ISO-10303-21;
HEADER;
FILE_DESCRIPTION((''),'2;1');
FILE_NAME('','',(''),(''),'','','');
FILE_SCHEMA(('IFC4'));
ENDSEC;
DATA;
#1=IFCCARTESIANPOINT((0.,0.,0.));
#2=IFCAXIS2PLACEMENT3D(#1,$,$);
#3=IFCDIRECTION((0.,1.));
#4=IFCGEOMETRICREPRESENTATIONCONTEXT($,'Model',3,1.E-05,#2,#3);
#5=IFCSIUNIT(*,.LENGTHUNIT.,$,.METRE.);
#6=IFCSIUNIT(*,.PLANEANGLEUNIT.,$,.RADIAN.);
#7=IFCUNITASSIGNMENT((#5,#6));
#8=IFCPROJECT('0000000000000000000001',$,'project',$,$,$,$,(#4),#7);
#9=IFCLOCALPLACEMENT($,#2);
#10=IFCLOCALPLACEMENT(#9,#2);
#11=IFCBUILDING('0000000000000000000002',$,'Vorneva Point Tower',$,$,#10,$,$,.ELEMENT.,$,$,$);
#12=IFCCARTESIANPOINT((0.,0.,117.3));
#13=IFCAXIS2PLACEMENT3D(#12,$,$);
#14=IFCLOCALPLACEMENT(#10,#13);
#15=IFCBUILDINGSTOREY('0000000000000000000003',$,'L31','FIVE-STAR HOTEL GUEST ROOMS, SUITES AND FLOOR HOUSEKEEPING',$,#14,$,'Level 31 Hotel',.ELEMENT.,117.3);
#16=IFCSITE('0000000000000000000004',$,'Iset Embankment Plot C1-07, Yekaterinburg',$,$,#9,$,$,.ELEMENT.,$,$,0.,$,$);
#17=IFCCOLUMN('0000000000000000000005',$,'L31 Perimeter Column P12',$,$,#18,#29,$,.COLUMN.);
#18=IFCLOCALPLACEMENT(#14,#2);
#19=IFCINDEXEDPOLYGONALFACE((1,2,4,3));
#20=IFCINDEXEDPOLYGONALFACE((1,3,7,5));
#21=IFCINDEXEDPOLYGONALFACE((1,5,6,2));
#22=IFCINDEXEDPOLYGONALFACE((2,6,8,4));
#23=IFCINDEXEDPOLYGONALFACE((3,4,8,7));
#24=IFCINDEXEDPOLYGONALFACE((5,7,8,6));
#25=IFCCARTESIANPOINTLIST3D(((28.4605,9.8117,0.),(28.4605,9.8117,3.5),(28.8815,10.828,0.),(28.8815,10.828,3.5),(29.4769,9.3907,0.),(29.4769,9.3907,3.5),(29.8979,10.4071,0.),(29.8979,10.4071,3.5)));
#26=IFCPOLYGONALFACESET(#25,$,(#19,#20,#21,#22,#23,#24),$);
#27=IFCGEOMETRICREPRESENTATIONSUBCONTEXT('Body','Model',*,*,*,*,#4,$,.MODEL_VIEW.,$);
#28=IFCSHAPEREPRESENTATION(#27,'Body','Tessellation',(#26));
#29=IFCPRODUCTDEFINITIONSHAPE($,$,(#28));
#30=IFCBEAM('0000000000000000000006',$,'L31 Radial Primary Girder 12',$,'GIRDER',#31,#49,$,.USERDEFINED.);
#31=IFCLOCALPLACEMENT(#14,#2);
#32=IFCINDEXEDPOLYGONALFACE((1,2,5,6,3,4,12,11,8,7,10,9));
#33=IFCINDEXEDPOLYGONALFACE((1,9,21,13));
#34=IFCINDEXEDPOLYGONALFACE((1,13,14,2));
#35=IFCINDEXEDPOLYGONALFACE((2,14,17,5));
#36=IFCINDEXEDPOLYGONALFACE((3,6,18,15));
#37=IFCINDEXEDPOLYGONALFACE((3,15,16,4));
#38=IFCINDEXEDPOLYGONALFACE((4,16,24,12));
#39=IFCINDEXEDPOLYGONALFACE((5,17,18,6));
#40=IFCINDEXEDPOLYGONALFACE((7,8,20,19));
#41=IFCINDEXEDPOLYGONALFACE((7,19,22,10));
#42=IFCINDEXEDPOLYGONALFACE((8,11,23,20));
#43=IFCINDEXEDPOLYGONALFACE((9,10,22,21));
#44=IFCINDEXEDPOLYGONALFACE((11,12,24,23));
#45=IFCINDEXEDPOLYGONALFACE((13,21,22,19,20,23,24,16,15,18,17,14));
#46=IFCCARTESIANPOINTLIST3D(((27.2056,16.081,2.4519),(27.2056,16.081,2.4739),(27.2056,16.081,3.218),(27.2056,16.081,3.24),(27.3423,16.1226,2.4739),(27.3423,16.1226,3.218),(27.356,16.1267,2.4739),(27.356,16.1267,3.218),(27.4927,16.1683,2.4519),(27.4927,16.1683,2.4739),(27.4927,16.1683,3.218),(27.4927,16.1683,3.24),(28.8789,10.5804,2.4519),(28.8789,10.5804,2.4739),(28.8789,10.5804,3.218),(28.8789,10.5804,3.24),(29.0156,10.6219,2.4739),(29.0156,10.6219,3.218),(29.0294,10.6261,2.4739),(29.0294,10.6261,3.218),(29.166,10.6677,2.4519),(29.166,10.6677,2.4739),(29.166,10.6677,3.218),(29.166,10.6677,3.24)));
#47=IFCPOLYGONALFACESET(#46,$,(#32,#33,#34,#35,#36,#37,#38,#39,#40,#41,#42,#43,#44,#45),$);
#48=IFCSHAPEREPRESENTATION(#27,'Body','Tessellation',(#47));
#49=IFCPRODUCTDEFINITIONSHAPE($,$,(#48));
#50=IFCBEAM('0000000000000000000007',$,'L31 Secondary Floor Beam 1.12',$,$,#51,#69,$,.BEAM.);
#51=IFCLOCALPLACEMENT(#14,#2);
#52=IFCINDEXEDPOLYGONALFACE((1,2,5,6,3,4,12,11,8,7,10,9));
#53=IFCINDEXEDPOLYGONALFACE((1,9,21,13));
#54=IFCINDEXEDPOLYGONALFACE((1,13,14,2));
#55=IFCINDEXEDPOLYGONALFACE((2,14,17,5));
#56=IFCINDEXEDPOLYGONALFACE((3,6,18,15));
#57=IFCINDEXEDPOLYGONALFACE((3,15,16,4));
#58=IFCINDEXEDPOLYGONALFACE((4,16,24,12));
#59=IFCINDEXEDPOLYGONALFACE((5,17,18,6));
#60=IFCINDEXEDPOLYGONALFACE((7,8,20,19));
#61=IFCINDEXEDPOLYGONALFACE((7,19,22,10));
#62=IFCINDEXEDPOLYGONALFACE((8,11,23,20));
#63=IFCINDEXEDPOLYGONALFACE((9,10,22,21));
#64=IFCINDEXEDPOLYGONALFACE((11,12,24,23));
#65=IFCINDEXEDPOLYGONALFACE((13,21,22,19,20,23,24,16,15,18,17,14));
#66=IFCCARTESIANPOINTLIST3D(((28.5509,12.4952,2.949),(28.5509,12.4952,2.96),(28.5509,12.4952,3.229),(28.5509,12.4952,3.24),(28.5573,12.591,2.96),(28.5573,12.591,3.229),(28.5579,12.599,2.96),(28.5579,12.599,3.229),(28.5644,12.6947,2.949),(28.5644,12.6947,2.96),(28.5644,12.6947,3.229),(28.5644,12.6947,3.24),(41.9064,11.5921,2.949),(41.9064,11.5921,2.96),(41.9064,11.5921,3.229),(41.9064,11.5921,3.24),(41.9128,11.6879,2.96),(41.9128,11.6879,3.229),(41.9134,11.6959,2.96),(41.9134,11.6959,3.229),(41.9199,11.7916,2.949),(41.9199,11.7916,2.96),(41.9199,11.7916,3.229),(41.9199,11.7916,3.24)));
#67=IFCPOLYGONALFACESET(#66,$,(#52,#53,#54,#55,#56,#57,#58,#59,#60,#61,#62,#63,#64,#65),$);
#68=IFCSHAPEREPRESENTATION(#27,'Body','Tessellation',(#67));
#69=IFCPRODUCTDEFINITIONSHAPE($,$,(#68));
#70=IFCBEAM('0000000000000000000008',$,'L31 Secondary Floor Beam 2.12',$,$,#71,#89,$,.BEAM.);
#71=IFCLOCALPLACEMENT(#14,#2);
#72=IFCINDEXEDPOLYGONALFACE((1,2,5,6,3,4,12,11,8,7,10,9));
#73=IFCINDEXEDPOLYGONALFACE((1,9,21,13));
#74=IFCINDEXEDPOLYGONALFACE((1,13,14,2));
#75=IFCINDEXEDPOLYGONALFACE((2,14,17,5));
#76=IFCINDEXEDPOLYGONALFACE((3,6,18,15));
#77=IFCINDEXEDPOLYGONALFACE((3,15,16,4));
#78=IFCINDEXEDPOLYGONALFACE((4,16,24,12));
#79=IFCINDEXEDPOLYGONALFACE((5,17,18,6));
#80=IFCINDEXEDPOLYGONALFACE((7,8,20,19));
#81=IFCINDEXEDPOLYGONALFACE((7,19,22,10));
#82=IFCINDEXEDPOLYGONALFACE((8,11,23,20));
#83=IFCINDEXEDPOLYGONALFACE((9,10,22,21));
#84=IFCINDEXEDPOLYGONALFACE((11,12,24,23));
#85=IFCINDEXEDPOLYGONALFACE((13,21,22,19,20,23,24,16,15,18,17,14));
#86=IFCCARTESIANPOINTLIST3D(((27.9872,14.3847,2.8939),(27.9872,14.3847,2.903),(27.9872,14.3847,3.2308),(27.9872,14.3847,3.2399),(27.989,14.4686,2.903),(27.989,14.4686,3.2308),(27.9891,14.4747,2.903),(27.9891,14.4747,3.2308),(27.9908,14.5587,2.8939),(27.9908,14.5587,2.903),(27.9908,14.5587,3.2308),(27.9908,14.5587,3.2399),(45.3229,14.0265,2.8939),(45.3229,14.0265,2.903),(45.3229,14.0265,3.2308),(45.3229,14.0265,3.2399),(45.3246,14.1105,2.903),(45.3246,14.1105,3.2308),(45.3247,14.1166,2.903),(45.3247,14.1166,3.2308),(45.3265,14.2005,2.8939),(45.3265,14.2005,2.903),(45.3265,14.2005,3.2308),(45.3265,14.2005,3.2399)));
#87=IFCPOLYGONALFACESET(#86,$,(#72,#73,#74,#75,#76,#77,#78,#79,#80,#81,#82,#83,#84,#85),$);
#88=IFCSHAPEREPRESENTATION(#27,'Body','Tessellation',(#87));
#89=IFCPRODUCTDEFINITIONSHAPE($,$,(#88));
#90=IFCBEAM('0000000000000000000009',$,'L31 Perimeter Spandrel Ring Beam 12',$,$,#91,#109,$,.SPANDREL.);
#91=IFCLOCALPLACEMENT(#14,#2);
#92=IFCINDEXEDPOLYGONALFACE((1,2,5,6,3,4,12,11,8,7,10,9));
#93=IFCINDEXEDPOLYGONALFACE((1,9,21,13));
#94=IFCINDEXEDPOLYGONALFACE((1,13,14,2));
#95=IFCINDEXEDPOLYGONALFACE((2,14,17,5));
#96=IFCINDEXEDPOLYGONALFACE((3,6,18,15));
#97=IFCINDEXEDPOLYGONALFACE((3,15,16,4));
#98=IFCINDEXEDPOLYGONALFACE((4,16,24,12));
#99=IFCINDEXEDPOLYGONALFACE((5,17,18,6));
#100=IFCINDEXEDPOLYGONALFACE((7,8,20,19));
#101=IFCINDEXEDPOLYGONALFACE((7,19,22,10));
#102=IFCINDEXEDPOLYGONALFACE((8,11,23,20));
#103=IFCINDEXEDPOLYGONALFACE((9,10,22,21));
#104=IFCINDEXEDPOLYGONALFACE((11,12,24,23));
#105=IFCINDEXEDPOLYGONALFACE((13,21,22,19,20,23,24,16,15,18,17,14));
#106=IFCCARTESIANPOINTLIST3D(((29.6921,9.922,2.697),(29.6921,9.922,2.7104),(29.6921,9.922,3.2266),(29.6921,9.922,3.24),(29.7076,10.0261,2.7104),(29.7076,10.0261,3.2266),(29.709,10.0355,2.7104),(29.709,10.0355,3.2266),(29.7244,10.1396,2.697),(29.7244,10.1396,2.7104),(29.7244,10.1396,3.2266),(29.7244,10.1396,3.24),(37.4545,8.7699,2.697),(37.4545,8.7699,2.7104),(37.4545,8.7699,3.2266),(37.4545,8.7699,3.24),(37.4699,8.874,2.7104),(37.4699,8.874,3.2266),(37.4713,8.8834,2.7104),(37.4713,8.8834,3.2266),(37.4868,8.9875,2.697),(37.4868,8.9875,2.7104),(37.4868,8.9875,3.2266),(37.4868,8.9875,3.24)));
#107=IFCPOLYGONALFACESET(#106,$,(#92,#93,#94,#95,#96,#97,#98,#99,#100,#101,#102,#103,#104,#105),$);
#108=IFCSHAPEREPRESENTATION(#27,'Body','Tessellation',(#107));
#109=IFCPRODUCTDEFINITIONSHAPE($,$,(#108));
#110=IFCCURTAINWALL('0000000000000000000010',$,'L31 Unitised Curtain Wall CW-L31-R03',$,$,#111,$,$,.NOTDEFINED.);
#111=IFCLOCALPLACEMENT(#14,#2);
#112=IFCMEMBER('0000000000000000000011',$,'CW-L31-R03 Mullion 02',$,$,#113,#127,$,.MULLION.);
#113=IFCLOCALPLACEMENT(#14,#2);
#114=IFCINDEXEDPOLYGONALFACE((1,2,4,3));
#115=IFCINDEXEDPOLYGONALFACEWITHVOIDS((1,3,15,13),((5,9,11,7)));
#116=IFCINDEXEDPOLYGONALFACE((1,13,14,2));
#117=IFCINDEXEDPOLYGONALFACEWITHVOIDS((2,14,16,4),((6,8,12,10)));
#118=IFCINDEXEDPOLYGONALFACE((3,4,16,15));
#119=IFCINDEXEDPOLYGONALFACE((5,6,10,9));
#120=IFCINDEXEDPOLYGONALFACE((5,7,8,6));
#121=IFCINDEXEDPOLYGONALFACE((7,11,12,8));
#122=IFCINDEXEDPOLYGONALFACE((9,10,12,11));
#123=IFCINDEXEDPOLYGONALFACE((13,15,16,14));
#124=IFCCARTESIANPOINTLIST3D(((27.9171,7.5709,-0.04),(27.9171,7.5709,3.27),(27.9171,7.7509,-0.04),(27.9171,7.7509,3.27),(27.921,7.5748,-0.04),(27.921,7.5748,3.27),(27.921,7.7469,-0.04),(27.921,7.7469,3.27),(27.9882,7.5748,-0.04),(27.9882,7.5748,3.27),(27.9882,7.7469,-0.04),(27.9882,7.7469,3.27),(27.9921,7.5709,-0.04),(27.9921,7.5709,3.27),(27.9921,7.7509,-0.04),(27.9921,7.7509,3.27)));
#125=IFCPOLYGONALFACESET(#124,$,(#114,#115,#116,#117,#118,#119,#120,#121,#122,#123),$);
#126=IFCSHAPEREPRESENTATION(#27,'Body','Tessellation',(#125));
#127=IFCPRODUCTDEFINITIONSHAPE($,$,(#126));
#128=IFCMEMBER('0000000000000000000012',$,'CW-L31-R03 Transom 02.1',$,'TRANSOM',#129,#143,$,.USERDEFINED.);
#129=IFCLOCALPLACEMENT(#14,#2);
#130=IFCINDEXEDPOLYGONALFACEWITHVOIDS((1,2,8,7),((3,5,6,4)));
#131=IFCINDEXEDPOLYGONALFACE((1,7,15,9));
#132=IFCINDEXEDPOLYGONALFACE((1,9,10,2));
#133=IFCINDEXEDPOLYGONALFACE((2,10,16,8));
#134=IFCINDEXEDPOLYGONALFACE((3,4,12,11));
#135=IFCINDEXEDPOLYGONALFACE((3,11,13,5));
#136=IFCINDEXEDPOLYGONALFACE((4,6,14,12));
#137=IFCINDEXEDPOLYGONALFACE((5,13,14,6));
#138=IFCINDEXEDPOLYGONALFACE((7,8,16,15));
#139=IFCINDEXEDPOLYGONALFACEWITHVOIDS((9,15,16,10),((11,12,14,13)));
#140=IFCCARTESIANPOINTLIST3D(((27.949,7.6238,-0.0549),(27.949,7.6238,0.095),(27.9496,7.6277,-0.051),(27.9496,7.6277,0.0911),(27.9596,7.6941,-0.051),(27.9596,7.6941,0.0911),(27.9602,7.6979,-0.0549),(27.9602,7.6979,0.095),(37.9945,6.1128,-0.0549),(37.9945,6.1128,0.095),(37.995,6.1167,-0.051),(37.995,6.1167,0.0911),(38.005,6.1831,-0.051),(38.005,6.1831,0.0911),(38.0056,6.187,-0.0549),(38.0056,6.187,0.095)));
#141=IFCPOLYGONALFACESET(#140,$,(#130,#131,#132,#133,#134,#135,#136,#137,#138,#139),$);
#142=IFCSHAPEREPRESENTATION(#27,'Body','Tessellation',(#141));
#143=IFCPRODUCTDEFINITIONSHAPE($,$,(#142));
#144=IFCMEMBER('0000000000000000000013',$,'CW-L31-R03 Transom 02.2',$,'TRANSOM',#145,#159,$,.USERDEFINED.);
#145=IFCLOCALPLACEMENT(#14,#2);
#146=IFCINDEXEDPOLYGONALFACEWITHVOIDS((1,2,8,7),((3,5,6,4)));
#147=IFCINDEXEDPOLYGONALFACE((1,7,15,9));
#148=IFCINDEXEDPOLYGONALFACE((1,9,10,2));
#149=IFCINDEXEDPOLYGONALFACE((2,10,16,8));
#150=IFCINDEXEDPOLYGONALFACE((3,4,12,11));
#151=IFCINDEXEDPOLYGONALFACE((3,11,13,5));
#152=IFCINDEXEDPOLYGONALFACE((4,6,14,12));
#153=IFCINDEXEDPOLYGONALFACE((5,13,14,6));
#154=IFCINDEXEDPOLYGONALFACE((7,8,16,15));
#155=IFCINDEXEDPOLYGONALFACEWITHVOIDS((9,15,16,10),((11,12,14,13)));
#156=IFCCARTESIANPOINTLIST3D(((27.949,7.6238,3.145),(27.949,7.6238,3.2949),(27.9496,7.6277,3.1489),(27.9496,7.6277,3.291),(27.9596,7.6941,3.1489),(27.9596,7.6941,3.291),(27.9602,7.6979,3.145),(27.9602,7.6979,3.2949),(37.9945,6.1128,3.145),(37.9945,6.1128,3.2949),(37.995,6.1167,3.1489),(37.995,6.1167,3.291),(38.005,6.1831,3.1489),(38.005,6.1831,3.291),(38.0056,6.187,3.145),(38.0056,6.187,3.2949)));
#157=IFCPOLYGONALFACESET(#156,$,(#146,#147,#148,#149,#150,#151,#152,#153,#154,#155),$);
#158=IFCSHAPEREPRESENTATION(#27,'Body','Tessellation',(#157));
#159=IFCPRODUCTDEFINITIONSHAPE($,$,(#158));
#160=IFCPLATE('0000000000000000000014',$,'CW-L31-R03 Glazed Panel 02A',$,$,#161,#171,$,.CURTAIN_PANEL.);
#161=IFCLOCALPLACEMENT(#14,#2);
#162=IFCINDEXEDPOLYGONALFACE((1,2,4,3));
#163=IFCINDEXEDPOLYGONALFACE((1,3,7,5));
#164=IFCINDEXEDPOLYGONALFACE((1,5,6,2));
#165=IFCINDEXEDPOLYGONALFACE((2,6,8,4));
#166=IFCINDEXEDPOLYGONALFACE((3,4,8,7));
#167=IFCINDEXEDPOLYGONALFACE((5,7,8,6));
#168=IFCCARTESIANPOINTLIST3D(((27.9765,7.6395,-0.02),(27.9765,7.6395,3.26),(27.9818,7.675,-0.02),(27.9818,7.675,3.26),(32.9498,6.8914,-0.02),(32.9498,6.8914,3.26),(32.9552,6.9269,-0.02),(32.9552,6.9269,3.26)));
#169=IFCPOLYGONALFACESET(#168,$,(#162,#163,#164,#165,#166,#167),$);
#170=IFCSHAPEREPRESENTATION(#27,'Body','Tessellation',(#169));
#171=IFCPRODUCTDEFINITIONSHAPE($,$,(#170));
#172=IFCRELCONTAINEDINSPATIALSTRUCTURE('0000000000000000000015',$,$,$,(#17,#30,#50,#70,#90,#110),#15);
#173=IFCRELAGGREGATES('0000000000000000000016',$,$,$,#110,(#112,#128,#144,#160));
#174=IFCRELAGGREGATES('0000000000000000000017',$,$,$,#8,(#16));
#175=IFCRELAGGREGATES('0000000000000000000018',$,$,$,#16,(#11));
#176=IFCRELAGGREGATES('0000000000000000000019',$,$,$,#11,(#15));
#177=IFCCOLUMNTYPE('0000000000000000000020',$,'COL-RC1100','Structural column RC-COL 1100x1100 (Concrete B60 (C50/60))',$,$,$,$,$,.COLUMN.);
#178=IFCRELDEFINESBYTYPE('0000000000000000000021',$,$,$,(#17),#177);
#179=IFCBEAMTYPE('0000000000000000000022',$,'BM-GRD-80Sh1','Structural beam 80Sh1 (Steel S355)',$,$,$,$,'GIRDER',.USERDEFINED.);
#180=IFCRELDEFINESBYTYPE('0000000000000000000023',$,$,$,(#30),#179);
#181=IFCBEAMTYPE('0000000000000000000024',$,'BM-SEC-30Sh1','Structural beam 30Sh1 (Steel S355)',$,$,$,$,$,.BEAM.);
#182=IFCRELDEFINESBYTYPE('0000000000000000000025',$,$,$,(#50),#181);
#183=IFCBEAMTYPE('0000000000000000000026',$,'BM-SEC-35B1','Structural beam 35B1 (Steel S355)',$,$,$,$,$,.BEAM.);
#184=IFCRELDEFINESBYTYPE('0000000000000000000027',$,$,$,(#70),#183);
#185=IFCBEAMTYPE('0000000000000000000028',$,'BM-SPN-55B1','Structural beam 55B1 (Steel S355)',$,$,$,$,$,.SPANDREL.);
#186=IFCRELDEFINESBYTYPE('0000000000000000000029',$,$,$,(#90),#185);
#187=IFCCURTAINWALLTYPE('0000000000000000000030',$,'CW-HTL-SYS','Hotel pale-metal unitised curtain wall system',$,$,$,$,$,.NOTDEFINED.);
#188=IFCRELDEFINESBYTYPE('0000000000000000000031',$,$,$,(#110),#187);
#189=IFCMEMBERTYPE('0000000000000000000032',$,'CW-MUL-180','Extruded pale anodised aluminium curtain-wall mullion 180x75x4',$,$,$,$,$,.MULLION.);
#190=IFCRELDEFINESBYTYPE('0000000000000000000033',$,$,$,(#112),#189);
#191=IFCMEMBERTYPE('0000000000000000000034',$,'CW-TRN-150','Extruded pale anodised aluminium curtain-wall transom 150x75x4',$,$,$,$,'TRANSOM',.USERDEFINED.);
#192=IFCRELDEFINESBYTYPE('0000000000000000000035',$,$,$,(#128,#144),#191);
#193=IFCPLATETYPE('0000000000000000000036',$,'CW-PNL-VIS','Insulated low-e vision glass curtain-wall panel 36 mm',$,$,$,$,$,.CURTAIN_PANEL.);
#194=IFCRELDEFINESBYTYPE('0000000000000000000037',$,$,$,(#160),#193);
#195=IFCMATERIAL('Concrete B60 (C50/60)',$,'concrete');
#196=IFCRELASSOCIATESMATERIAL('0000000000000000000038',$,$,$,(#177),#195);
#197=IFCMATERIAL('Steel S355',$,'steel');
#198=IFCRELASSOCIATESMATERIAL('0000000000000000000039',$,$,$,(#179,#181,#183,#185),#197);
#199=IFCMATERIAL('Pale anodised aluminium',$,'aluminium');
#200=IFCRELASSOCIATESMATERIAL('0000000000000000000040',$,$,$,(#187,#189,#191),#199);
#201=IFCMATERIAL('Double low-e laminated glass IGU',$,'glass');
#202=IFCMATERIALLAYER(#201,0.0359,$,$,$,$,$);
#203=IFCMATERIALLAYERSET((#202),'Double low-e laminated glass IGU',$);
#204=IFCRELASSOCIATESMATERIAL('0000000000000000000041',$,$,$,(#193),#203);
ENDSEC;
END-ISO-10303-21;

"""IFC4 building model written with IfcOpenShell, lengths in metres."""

from ifc_helpers import new_model, si_unit, direction, frame, origin, origin_2d, place, context, subcontext, project, spatial, rectangle, hollow_rectangle, i_section, extrude, material, layer, layer_set, material_profile, profile_set, type_object, element, aggregate, save


model = new_model("IFC4")

# Units and contexts
model_context = context("Model", 3, precision=1e-05, world=origin(), true_north=direction((0.0, 1.0)))
body_context = subcontext(model_context, "Body", "Model", "MODEL_VIEW")
ifc_project = project(units=[si_unit("LENGTHUNIT", "METRE"), si_unit("PLANEANGLEUNIT", "RADIAN")], contexts=[model_context])

# Site, building, storey
site_placement = place(None, origin())
site = spatial("IfcSite", under=ifc_project, at=site_placement, Name="Iset Embankment Plot C1-07, Yekaterinburg", CompositionType="ELEMENT", RefElevation=0.0)
building_placement = place(site_placement, origin())
building = spatial("IfcBuilding", under=site, at=building_placement, Name="Vorneva Point Tower", CompositionType="ELEMENT")
storey_placement = place(building_placement, frame((0.0, 0.0, 117.3)))
storey = spatial("IfcBuildingStorey", under=building, at=storey_placement, Name="L31", Description="FIVE-STAR HOTEL GUEST ROOMS, SUITES AND FLOOR HOUSEKEEPING", LongName="Level 31 Hotel", CompositionType="ELEMENT", Elevation=117.3)

# Column
ifc_material_1 = material(Name="Concrete B60 (C50/60)", Category="concrete")
ifc_material_profile_1 = material_profile(ifc_material_1, rectangle(XDim=1.1001, YDim=1.1001, at=origin_2d()), Name="RC-COL 1100x1100")
ifc_profile_set_1 = profile_set([ifc_material_profile_1], Name="Concrete B60 (C50/60)")
column_type = type_object("IfcColumnType", Name="COL-RC1100", Description="Structural column RC-COL 1100x1100 (Concrete B60 (C50/60))", PredefinedType="COLUMN", material=ifc_profile_set_1)
column_placement = place(storey_placement, frame((29.1792, 10.1094, 0.0), z_axis=(0.0, 0.0, 1.0), x_axis=(-0.382683, -0.92388, 0.0)))
element("IfcColumn", 1, at=column_placement, inside=storey, type_object=column_type, Name="L31 Perimeter Column P12", PredefinedType="COLUMN", context=body_context, shape_type="SweptSolid", body=[
    extrude(rectangle(XDim=1.1001, YDim=1.1001, at=origin_2d()), origin(), (0.0, 0.0, 1.0), 3.5),
])

# Beams
ifc_material_2 = material(Name="Steel S355", Category="steel")
ifc_material_profile_2 = material_profile(ifc_material_2, i_section(OverallWidth=0.3, OverallDepth=0.7881, WebThickness=0.0144, FlangeThickness=0.022, at=origin_2d()), Name="80Sh1")
ifc_profile_set_2 = profile_set([ifc_material_profile_2], Name="Steel S355")
beam_type_1 = type_object("IfcBeamType", Name="BM-GRD-80Sh1", Description="Structural beam 80Sh1 (Steel S355)", ElementType="GIRDER", PredefinedType="USERDEFINED", material=ifc_profile_set_2)
beam_1_placement = place(storey_placement, frame((29.0225, 10.624, 2.8459), z_axis=(-0.291035, 0.956712, 0.0), x_axis=(-0.956712, -0.291035, 0.0)))
element("IfcBeam", 2, at=beam_1_placement, inside=storey, type_object=beam_type_1, Name="L31 Radial Primary Girder 12", ObjectType="GIRDER", PredefinedType="USERDEFINED", context=body_context, shape_type="SweptSolid", body=[
    extrude(i_section(OverallWidth=0.3, OverallDepth=0.7881, WebThickness=0.0144, FlangeThickness=0.022, at=origin_2d()), origin(), (0.0, 0.0, 1.0), 5.7495),
])
ifc_material_profile_3 = material_profile(ifc_material_2, i_section(OverallWidth=0.2, OverallDepth=0.291, WebThickness=0.0081, FlangeThickness=0.011, at=origin_2d()), Name="30Sh1")
ifc_profile_set_3 = profile_set([ifc_material_profile_3], Name="Steel S355")
beam_type_2 = type_object("IfcBeamType", Name="BM-SEC-30Sh1", Description="Structural beam 30Sh1 (Steel S355)", PredefinedType="BEAM", material=ifc_profile_set_3)
beam_2_placement = place(storey_placement, frame((28.5576, 12.595, 3.0945), z_axis=(0.997722, -0.067464, 0.0), x_axis=(0.067464, 0.997722, 0.0)))
element("IfcBeam", 3, at=beam_2_placement, inside=storey, type_object=beam_type_2, Name="L31 Secondary Floor Beam 1.12", PredefinedType="BEAM", context=body_context, shape_type="SweptSolid", body=[
    extrude(i_section(OverallWidth=0.2, OverallDepth=0.291, WebThickness=0.0081, FlangeThickness=0.011, at=origin_2d()), origin(), (0.0, 0.0, 1.0), 13.386),
])
ifc_material_profile_4 = material_profile(ifc_material_2, i_section(OverallWidth=0.1741, OverallDepth=0.3459, WebThickness=0.0061, FlangeThickness=0.009, at=origin_2d()), Name="35B1")
ifc_profile_set_4 = profile_set([ifc_material_profile_4], Name="Steel S355")
beam_type_3 = type_object("IfcBeamType", Name="BM-SEC-35B1", Description="Structural beam 35B1 (Steel S355)", PredefinedType="BEAM", material=ifc_profile_set_4)
beam_3_placement = place(storey_placement, frame((27.989, 14.4717, 3.0669), z_axis=(0.999787, -0.020656, 0.0), x_axis=(0.020656, 0.999787, 0.0)))
element("IfcBeam", 4, at=beam_3_placement, inside=storey, type_object=beam_type_3, Name="L31 Secondary Floor Beam 2.12", PredefinedType="BEAM", context=body_context, shape_type="SweptSolid", body=[
    extrude(i_section(OverallWidth=0.1741, OverallDepth=0.3459, WebThickness=0.0061, FlangeThickness=0.009, at=origin_2d()), origin(), (0.0, 0.0, 1.0), 17.3394),
])
ifc_material_profile_5 = material_profile(ifc_material_2, i_section(OverallWidth=0.22, OverallDepth=0.543, WebThickness=0.0095, FlangeThickness=0.0134, at=origin_2d()), Name="55B1")
ifc_profile_set_5 = profile_set([ifc_material_profile_5], Name="Steel S355")
beam_type_4 = type_object("IfcBeamType", Name="BM-SPN-55B1", Description="Structural beam 55B1 (Steel S355)", PredefinedType="SPANDREL", material=ifc_profile_set_5)
beam_4_placement = place(storey_placement, frame((29.7083, 10.0308, 2.9685), z_axis=(0.989165, -0.146811, 0.0), x_axis=(0.146811, 0.989165, 0.0)))
element("IfcBeam", 5, at=beam_4_placement, inside=storey, type_object=beam_type_4, Name="L31 Perimeter Spandrel Ring Beam 12", PredefinedType="SPANDREL", context=body_context, shape_type="SweptSolid", body=[
    extrude(i_section(OverallWidth=0.22, OverallDepth=0.543, WebThickness=0.0095, FlangeThickness=0.0134, at=origin_2d()), origin(), (0.0, 0.0, 1.0), 7.8474),
])

# Curtain wall, members, plate
ifc_material_3 = material(Name="Pale anodised aluminium", Category="aluminium")
curtain_wall_type = type_object("IfcCurtainWallType", Name="CW-HTL-SYS", Description="Hotel pale-metal unitised curtain wall system", PredefinedType="NOTDEFINED", material=ifc_material_3)
curtain_wall_placement = place(storey_placement, origin())
curtain_wall = element("IfcCurtainWall", 6, at=curtain_wall_placement, inside=storey, type_object=curtain_wall_type, Name="L31 Unitised Curtain Wall CW-L31-R03", PredefinedType="NOTDEFINED")
ifc_material_profile_6 = material_profile(ifc_material_3, hollow_rectangle(XDim=0.075, YDim=0.1799, WallThickness=0.0039, at=origin_2d()), Name="AL-MUL 180x75x4")
ifc_profile_set_6 = profile_set([ifc_material_profile_6], Name="Pale anodised aluminium")
member_type_1 = type_object("IfcMemberType", Name="CW-MUL-180", Description="Extruded pale anodised aluminium curtain-wall mullion 180x75x4", PredefinedType="MULLION", material=ifc_profile_set_6)
member_1_placement = place(storey_placement, frame((27.9546, 7.6609, -0.04), z_axis=(0.0, 0.0, 1.0), x_axis=(1.0, 0.0, 0.0)))
member_1 = element("IfcMember", 7, at=member_1_placement, type_object=member_type_1, Name="CW-L31-R03 Mullion 02", PredefinedType="MULLION", context=body_context, shape_type="SweptSolid", body=[
    extrude(hollow_rectangle(XDim=0.075, YDim=0.1799, WallThickness=0.0039, at=origin_2d()), origin(), (0.0, 0.0, 1.0), 3.3101),
])
ifc_material_profile_7 = material_profile(ifc_material_3, hollow_rectangle(XDim=0.075, YDim=0.1499, WallThickness=0.0039, at=origin_2d()), Name="AL-TRN 150x75x4")
ifc_profile_set_7 = profile_set([ifc_material_profile_7], Name="Pale anodised aluminium")
member_type_2 = type_object("IfcMemberType", Name="CW-TRN-150", Description="Extruded pale anodised aluminium curtain-wall transom 150x75x4", ElementType="TRANSOM", PredefinedType="USERDEFINED", material=ifc_profile_set_7)
member_2_placement = place(storey_placement, frame((27.9546, 7.6609, 0.02), z_axis=(0.988876, -0.148742, 0.0), x_axis=(0.148742, 0.988876, 0.0)))
member_2 = element("IfcMember", 8, at=member_2_placement, type_object=member_type_2, Name="CW-L31-R03 Transom 02.1", ObjectType="TRANSOM", PredefinedType="USERDEFINED", context=body_context, shape_type="SweptSolid", body=[
    extrude(hollow_rectangle(XDim=0.075, YDim=0.1499, WallThickness=0.0039, at=origin_2d()), origin(), (0.0, 0.0, 1.0), 10.1584),
])
member_3_placement = place(storey_placement, frame((27.9546, 7.6609, 3.22), z_axis=(0.988876, -0.148742, 0.0), x_axis=(0.148742, 0.988876, 0.0)))
member_3 = element("IfcMember", 9, at=member_3_placement, type_object=member_type_2, Name="CW-L31-R03 Transom 02.2", ObjectType="TRANSOM", PredefinedType="USERDEFINED", context=body_context, shape_type="SweptSolid", body=[
    extrude(hollow_rectangle(XDim=0.075, YDim=0.1499, WallThickness=0.0039, at=origin_2d()), origin(), (0.0, 0.0, 1.0), 10.1584),
])
ifc_material_4 = material(Name="Double low-e laminated glass IGU", Category="glass")
ifc_layer_1 = layer(ifc_material_4, 0.0359)
ifc_layer_set_1 = layer_set([ifc_layer_1], Name="Double low-e laminated glass IGU")
plate_type = type_object("IfcPlateType", Name="CW-PNL-VIS", Description="Insulated low-e vision glass curtain-wall panel 36 mm", PredefinedType="CURTAIN_PANEL", material=ifc_layer_set_1)
plate_1_placement = place(storey_placement, frame((30.4658, 7.2832, -0.02), z_axis=(0.0, 0.0, 1.0), x_axis=(0.988876, -0.148741, 0.0)))
plate_1 = element("IfcPlate", 10, at=plate_1_placement, type_object=plate_type, Name="CW-L31-R03 Glazed Panel 02A", PredefinedType="CURTAIN_PANEL", context=body_context, shape_type="SweptSolid", body=[
    extrude(rectangle(XDim=5.0293, YDim=0.0359, at=origin_2d()), origin(), (0.0, 0.0, 1.0), 3.28),
])
aggregate(curtain_wall, [member_1, member_2, member_3, plate_1])

save(model, "model.ifc")
